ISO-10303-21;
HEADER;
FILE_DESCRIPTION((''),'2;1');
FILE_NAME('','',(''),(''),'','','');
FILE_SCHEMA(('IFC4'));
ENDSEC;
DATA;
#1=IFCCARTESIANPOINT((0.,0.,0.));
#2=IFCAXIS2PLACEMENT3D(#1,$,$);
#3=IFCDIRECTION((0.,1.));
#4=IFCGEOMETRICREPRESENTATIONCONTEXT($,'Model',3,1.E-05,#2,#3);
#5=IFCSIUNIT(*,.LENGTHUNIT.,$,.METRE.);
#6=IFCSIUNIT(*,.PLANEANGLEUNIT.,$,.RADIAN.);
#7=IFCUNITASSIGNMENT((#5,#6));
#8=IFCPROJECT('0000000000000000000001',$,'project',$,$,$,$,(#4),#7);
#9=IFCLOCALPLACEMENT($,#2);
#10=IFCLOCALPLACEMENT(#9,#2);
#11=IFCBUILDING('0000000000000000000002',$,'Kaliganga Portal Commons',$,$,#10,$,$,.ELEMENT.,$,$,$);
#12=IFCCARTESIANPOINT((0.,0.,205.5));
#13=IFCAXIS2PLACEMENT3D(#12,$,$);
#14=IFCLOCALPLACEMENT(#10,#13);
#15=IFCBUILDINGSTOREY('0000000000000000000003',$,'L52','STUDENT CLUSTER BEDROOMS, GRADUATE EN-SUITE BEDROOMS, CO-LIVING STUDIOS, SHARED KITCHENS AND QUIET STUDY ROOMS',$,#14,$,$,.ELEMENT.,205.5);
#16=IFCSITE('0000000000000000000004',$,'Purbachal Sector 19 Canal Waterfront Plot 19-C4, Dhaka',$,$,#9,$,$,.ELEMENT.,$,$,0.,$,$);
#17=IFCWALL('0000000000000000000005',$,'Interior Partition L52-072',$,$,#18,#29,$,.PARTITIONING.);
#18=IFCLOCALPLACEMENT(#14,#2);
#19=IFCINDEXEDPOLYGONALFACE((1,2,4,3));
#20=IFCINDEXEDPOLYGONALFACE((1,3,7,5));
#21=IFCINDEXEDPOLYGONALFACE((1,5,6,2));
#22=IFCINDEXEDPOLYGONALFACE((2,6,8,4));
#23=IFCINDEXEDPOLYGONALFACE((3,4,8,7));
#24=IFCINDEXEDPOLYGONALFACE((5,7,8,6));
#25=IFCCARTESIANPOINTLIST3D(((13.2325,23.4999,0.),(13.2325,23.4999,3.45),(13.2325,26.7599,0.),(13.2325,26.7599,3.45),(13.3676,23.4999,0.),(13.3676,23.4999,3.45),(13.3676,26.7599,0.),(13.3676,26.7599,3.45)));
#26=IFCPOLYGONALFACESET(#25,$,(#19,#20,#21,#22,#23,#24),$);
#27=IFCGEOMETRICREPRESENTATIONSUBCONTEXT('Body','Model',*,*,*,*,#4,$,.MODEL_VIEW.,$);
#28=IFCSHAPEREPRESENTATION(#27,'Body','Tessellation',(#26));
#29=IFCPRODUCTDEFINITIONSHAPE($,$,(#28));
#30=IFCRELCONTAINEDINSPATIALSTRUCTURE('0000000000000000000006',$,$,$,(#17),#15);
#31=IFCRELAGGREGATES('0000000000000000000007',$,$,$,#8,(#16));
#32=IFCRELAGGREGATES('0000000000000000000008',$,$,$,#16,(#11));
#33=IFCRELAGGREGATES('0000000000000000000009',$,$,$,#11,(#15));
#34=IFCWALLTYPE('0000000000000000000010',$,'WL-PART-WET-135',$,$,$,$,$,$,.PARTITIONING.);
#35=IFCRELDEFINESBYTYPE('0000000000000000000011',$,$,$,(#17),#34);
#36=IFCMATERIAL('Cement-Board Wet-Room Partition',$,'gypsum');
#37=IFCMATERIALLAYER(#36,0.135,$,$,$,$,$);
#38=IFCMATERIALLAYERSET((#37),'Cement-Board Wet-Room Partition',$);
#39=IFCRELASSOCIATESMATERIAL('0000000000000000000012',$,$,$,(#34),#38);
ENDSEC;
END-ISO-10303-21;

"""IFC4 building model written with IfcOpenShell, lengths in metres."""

from ifc_helpers import new_model, si_unit, direction, frame, frame_2d, origin, place, context, subcontext, project, spatial, rectangle, extrude, material, layer, layer_set, type_object, element, save


model = new_model("IFC4")

# Units and contexts
model_context = context("Model", 3, precision=1e-05, world=origin(), true_north=direction((0.0, 1.0)))
body_context = subcontext(model_context, "Body", "Model", "MODEL_VIEW")
ifc_project = project(units=[si_unit("LENGTHUNIT", "METRE"), si_unit("PLANEANGLEUNIT", "RADIAN")], contexts=[model_context])

# Site, building, storey
site_placement = place(None, origin())
site = spatial("IfcSite", under=ifc_project, at=site_placement, Name="Purbachal Sector 19 Canal Waterfront Plot 19-C4, Dhaka", CompositionType="ELEMENT", RefElevation=0.0)
building_placement = place(site_placement, origin())
building = spatial("IfcBuilding", under=site, at=building_placement, Name="Kaliganga Portal Commons", CompositionType="ELEMENT")
storey_placement = place(building_placement, frame((0.0, 0.0, 205.5)))
storey = spatial("IfcBuildingStorey", under=building, at=storey_placement, Name="L52", Description="STUDENT CLUSTER BEDROOMS, GRADUATE EN-SUITE BEDROOMS, CO-LIVING STUDIOS, SHARED KITCHENS AND QUIET STUDY ROOMS", CompositionType="ELEMENT", Elevation=205.5)

# Shared definitions
ifc_material_1 = material(Name="Cement-Board Wet-Room Partition", Category="gypsum")
ifc_layer_1 = layer(ifc_material_1, 0.135)
ifc_layer_set_1 = layer_set([ifc_layer_1], Name="Cement-Board Wet-Room Partition")
wall_type_1 = type_object("IfcWallType", Name="WL-PART-WET-135", PredefinedType="PARTITIONING", material=ifc_layer_set_1)

# Wall
wall_1_placement = place(storey_placement, frame((13.3, 23.5, 0.0), z_axis=(0.0, 0.0, 1.0), x_axis=(0.0, 1.0, 0.0)))
element("IfcWall", 1, at=wall_1_placement, inside=storey, type_object=wall_type_1, Name="Interior Partition L52-072", PredefinedType="PARTITIONING", context=body_context, shape_type="SweptSolid", body=[
    extrude(rectangle(XDim=3.26, YDim=0.135, at=frame_2d((1.6299, 0.0))), origin(), (0.0, 0.0, 1.0), 3.45),
])

save(model, "model.ifc")
